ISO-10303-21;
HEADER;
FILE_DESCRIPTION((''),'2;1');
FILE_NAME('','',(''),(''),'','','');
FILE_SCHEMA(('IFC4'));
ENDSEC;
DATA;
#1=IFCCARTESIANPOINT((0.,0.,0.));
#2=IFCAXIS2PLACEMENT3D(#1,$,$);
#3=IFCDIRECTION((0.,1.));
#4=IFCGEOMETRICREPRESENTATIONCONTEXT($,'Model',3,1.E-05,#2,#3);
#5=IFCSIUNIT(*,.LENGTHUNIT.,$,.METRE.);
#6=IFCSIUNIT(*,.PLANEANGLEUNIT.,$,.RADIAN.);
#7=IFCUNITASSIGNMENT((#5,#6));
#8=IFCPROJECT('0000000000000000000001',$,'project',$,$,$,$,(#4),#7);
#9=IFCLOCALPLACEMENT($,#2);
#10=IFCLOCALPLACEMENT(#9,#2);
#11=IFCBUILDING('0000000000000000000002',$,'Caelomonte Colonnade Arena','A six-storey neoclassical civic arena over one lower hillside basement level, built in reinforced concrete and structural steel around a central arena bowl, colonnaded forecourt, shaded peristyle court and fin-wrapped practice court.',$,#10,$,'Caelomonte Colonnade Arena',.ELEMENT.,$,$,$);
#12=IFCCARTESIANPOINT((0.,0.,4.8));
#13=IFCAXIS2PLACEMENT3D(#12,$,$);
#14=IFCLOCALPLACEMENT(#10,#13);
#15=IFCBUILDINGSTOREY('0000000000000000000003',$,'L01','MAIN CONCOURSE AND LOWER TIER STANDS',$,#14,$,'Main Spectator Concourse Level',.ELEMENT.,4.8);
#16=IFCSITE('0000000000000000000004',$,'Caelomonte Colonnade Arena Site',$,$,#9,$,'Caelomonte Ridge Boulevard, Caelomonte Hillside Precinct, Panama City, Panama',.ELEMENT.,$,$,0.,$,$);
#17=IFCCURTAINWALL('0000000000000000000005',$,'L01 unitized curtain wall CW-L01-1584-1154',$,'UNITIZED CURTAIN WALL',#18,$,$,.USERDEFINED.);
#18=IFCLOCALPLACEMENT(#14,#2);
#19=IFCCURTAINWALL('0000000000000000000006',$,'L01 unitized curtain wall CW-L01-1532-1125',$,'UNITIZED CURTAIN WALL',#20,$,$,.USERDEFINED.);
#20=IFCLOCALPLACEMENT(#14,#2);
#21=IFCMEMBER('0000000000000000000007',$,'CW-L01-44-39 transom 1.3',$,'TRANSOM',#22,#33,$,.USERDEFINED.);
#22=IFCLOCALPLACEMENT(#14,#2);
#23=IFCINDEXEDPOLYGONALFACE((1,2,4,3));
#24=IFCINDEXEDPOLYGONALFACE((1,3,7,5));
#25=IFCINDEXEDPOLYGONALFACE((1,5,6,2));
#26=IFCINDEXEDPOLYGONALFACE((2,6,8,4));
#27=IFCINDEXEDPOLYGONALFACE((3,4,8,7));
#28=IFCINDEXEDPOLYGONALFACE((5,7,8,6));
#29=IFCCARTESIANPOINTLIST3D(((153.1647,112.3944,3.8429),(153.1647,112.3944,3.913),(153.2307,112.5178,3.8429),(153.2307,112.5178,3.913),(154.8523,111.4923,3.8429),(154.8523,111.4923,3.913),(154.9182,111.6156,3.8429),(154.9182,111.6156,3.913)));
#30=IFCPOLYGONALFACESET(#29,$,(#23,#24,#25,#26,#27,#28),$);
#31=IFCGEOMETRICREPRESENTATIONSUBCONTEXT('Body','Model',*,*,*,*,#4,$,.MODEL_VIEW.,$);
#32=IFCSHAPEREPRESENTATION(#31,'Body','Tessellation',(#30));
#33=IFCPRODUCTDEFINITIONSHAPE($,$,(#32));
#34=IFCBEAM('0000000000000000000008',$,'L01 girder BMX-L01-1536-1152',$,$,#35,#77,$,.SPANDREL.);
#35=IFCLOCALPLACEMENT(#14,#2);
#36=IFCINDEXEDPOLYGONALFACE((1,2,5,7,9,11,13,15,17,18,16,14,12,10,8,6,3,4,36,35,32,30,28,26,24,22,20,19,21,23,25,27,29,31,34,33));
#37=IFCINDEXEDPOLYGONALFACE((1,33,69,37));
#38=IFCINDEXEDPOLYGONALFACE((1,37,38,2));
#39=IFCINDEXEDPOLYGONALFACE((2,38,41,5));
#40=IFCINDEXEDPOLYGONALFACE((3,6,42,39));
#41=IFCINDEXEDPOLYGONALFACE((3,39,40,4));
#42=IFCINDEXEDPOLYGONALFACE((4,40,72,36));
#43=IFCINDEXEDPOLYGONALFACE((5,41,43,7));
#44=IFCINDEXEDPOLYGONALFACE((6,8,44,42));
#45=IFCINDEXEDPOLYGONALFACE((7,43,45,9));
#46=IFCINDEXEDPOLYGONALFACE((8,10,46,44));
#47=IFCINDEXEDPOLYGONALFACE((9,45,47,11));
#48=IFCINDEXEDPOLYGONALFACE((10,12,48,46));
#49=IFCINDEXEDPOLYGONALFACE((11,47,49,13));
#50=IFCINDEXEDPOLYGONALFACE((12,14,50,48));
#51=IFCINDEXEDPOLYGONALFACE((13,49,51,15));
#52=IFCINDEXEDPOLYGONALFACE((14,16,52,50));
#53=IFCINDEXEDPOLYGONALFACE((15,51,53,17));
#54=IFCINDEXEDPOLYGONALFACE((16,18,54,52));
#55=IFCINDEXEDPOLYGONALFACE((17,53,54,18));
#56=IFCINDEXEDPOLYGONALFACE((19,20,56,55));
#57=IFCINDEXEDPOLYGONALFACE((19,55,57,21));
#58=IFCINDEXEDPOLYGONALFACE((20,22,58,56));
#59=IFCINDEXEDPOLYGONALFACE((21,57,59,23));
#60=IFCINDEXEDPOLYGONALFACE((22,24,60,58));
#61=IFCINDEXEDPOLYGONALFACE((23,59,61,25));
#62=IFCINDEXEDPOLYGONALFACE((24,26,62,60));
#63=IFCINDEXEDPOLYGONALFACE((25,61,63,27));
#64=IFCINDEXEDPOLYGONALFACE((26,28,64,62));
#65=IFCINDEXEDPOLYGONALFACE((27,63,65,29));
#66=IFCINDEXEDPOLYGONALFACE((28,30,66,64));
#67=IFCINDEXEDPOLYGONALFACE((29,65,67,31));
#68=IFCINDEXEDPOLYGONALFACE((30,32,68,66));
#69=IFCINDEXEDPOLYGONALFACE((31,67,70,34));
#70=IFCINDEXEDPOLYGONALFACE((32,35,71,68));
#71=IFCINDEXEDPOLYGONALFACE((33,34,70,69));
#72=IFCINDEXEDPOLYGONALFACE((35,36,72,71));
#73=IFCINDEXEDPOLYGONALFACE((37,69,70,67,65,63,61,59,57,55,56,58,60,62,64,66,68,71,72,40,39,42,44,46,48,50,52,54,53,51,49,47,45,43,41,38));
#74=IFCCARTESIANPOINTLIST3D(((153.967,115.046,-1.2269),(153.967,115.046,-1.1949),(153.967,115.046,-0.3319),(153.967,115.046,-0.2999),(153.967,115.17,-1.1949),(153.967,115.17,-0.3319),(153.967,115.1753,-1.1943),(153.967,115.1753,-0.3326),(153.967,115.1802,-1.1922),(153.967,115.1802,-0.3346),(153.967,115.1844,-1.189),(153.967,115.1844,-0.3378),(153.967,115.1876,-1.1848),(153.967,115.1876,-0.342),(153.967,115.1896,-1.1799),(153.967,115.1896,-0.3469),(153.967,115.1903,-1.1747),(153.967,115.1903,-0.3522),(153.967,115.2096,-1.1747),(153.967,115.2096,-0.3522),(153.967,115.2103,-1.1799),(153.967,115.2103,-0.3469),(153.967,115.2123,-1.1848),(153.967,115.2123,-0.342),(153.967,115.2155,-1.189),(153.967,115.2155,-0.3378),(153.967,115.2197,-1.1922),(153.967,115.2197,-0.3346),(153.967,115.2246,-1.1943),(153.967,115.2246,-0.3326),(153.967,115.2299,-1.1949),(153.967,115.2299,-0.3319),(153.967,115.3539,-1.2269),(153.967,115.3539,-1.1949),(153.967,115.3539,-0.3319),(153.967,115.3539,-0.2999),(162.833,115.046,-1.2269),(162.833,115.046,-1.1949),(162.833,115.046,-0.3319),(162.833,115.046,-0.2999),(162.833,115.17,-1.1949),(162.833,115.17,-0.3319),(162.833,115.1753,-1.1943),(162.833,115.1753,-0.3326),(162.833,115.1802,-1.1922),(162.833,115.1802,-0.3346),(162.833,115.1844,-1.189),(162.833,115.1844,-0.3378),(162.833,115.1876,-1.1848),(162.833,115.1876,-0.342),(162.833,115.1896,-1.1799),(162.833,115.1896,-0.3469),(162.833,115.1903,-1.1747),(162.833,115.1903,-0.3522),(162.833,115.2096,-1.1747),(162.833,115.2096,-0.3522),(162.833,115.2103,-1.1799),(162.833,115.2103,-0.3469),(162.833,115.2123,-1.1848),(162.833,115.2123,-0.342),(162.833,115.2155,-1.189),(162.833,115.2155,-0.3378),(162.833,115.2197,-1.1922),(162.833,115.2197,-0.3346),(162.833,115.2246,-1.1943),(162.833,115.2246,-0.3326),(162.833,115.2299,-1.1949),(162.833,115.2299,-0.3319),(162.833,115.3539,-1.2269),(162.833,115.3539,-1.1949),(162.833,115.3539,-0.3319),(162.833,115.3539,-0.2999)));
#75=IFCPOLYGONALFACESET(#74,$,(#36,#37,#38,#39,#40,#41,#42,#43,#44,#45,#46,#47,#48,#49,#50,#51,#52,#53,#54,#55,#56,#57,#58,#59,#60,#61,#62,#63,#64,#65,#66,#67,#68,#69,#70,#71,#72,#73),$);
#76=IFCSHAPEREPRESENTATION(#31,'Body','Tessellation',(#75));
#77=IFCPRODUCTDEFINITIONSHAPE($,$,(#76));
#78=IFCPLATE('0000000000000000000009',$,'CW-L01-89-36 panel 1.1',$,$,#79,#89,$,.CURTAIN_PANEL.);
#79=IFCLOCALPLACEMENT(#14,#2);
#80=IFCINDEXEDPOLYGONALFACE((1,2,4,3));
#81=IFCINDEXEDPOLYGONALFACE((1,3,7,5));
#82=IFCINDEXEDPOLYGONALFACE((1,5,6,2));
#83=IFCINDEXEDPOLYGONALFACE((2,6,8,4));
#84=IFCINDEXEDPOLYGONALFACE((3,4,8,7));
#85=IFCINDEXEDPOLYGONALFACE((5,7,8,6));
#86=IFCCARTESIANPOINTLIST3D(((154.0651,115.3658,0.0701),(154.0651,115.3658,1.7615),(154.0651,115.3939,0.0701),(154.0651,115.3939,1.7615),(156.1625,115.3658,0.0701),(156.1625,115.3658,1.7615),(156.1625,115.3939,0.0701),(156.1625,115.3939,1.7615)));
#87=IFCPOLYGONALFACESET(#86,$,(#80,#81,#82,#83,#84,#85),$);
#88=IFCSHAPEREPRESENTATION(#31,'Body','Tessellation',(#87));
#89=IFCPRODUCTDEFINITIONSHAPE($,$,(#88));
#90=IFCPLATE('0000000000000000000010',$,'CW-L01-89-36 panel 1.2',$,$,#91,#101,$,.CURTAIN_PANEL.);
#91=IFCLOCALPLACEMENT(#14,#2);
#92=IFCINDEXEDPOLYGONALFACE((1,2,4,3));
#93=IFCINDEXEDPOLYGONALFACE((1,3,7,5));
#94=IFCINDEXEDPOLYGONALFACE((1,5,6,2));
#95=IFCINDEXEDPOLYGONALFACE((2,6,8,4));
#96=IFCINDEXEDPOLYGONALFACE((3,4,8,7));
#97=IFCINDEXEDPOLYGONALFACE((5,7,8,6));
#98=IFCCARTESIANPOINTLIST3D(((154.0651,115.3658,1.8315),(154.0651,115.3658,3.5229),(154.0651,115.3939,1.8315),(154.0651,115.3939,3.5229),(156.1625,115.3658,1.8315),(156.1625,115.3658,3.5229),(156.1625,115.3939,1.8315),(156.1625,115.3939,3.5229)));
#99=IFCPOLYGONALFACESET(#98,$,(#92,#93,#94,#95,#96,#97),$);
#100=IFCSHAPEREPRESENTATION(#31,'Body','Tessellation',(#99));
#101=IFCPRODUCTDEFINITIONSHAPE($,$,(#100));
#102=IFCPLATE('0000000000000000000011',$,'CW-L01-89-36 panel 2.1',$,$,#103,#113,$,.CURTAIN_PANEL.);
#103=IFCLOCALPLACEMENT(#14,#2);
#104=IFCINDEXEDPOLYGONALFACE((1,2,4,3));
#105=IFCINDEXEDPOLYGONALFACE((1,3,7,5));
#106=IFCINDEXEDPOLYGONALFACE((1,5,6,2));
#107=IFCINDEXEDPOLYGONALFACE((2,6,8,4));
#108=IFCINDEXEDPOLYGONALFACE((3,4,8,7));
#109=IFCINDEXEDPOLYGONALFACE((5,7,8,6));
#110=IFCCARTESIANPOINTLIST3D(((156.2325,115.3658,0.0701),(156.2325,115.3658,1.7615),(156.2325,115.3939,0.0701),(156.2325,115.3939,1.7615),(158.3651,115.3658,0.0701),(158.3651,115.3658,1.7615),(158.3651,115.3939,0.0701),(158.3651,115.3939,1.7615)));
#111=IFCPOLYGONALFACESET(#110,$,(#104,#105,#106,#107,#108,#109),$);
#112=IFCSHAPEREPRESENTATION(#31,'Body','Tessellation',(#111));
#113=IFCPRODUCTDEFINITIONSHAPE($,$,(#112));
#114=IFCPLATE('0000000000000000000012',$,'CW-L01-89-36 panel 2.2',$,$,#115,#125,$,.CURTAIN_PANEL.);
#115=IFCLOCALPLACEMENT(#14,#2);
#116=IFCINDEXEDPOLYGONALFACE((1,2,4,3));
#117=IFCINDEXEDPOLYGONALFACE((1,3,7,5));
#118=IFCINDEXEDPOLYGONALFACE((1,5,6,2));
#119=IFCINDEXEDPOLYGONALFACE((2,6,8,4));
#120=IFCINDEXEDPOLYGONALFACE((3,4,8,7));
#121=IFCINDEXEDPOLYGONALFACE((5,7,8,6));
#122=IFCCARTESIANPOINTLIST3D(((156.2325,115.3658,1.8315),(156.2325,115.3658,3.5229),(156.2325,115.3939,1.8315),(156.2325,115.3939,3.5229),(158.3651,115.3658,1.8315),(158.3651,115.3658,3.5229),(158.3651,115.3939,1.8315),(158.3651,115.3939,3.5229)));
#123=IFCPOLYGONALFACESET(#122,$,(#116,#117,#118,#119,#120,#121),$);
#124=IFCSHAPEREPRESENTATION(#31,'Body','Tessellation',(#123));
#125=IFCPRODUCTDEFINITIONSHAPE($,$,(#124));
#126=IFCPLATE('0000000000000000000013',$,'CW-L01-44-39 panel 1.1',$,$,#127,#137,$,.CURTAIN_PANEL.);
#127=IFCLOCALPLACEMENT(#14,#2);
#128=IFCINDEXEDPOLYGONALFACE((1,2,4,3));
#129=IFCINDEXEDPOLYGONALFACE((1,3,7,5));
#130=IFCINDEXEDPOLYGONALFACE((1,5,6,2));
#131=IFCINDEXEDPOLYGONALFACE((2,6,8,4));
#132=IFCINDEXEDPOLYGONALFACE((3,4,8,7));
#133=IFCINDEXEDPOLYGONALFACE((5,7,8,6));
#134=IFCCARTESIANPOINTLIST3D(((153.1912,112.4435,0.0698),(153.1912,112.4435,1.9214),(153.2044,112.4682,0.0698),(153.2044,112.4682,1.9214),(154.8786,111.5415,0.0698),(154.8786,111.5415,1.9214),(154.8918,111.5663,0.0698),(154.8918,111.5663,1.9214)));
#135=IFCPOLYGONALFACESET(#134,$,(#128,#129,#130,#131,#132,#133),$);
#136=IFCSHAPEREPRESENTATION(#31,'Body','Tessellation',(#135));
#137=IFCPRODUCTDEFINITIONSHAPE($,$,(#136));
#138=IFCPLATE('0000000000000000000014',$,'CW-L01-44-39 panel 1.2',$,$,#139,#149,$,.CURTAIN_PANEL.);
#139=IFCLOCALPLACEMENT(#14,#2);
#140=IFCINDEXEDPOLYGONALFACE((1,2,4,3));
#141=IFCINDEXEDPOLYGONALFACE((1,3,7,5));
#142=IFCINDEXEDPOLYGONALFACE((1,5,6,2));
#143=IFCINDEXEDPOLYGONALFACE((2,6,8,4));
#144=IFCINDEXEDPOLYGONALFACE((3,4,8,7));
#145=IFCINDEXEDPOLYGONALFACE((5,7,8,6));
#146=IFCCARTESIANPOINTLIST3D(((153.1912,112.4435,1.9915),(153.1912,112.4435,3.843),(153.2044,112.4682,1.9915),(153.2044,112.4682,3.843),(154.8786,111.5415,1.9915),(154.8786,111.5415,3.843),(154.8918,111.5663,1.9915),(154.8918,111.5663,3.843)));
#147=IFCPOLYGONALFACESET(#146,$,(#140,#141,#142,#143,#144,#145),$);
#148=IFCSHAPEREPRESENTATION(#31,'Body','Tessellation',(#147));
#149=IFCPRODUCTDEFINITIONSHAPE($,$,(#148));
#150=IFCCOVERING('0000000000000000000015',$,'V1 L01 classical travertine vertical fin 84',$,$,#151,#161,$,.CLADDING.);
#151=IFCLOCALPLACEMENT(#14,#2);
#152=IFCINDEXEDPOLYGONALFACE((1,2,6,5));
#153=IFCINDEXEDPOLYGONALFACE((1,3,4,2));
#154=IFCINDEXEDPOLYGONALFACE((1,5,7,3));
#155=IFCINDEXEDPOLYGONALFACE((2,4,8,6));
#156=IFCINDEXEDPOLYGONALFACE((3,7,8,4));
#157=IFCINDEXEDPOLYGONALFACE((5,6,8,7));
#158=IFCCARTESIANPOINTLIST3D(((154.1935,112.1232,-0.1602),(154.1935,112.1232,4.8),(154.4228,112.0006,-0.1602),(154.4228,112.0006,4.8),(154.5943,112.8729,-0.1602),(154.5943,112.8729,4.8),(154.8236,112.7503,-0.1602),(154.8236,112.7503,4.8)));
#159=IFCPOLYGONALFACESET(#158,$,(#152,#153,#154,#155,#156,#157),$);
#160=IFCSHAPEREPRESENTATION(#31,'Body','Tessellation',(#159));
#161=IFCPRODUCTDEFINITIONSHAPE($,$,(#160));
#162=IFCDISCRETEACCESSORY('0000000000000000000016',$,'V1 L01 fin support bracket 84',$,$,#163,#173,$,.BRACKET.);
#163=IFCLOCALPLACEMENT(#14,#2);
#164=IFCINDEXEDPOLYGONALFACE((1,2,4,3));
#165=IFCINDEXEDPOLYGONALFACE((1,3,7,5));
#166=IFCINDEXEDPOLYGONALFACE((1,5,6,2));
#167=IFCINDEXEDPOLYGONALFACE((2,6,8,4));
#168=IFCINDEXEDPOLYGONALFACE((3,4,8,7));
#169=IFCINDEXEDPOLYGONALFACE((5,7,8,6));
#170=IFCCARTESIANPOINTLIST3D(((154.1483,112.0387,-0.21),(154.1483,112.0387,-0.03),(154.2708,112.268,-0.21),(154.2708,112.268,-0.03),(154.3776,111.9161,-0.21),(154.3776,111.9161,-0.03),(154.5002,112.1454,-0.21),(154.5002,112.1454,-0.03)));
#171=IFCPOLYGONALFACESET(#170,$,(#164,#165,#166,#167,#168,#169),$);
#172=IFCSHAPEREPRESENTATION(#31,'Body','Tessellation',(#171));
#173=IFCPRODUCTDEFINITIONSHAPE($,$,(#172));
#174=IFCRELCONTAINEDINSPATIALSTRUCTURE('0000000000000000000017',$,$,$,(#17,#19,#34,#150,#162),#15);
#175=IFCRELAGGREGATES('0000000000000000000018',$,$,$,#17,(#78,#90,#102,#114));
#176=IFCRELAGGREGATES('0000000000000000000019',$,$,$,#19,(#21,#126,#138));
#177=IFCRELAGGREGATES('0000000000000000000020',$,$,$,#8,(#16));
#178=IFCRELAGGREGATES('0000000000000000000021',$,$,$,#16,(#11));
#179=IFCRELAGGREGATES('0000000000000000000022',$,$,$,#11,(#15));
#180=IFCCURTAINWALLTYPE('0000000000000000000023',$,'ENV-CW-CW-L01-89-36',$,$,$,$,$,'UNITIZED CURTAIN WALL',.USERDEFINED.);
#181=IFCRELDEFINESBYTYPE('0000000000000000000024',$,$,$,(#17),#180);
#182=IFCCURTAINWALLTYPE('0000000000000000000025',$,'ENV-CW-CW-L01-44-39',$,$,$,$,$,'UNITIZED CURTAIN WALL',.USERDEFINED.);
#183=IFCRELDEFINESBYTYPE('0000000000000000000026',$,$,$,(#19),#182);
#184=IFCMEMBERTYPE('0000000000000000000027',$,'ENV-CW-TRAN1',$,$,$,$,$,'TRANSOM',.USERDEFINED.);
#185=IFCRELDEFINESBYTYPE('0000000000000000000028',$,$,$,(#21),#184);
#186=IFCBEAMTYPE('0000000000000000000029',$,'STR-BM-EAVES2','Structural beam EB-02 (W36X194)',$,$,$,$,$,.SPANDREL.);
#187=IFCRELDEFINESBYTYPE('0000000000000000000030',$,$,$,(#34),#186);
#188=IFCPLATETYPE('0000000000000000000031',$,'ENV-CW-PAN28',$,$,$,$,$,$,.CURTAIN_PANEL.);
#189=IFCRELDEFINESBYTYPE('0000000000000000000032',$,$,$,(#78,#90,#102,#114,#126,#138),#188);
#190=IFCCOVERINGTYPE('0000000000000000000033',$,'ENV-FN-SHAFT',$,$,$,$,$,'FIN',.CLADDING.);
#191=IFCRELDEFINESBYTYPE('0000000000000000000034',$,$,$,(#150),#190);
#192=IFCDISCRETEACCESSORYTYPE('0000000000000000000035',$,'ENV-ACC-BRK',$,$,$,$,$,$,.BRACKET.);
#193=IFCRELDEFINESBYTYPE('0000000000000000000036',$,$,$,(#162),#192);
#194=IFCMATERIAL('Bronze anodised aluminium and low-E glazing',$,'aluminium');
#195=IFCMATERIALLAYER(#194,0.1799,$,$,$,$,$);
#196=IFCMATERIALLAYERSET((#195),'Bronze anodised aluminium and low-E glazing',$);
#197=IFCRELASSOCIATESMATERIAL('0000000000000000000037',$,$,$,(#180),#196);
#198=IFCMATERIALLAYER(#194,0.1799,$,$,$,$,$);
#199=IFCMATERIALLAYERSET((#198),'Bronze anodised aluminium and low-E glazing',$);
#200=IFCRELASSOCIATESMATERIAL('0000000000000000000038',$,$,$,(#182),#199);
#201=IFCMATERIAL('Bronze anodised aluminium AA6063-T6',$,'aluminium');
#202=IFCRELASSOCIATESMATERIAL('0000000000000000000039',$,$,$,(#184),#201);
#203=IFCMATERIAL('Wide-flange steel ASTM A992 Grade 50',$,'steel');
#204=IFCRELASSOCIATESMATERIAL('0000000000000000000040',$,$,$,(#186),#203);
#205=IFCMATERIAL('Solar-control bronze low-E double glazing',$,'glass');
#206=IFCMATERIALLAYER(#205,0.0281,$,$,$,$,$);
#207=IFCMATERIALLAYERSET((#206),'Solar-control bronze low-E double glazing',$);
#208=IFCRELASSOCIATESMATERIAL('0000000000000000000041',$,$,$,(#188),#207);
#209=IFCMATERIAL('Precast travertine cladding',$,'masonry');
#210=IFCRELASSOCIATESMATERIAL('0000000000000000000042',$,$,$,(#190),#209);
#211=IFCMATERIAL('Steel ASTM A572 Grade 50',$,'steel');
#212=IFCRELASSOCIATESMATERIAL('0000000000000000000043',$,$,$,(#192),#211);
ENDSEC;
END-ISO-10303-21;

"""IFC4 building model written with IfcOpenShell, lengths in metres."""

from ifc_helpers import new_model, si_unit, direction, frame, origin, origin_2d, place, context, subcontext, project, spatial, rectangle, i_section, extrude, material, layer, layer_set, material_profile, profile_set, type_object, element, aggregate, save


model = new_model("IFC4")

# Units and contexts
model_context = context("Model", 3, precision=1e-05, world=origin(), true_north=direction((0.0, 1.0)))
body_context = subcontext(model_context, "Body", "Model", "MODEL_VIEW")
ifc_project = project(units=[si_unit("LENGTHUNIT", "METRE"), si_unit("PLANEANGLEUNIT", "RADIAN")], contexts=[model_context])

# Site, building, storey
site_placement = place(None, origin())
site = spatial("IfcSite", under=ifc_project, at=site_placement, Name="Caelomonte Colonnade Arena Site", LongName="Caelomonte Ridge Boulevard, Caelomonte Hillside Precinct, Panama City, Panama", CompositionType="ELEMENT", RefElevation=0.0)
building_placement = place(site_placement, origin())
building = spatial("IfcBuilding", under=site, at=building_placement, Name="Caelomonte Colonnade Arena", Description="A six-storey neoclassical civic arena over one lower hillside basement level, built in reinforced concrete and structural steel around a central arena bowl, colonnaded forecourt, shaded peristyle court and fin-wrapped practice court.", LongName="Caelomonte Colonnade Arena", CompositionType="ELEMENT")
storey_placement = place(building_placement, frame((0.0, 0.0, 4.8)))
storey = spatial("IfcBuildingStorey", under=building, at=storey_placement, Name="L01", Description="MAIN CONCOURSE AND LOWER TIER STANDS", LongName="Main Spectator Concourse Level", CompositionType="ELEMENT", Elevation=4.8)

# Curtain wall
ifc_material_1 = material(Name="Bronze anodised aluminium and low-E glazing", Category="aluminium")
ifc_layer_1 = layer(ifc_material_1, 0.1799)
ifc_layer_set_1 = layer_set([ifc_layer_1], Name="Bronze anodised aluminium and low-E glazing")
curtain_wall_type_1 = type_object("IfcCurtainWallType", Name="ENV-CW-CW-L01-89-36", ElementType="UNITIZED CURTAIN WALL", PredefinedType="USERDEFINED", material=ifc_layer_set_1)
curtain_wall_1_placement = place(storey_placement, origin())
curtain_wall_1 = element("IfcCurtainWall", 1, at=curtain_wall_1_placement, inside=storey, type_object=curtain_wall_type_1, Name="L01 unitized curtain wall CW-L01-1584-1154", ObjectType="UNITIZED CURTAIN WALL", PredefinedType="USERDEFINED")
ifc_material_2 = material(Name="Bronze anodised aluminium AA6063-T6", Category="aluminium")

# Curtain wall
ifc_layer_2 = layer(ifc_material_1, 0.1799)
ifc_layer_set_2 = layer_set([ifc_layer_2], Name="Bronze anodised aluminium and low-E glazing")
curtain_wall_type_2 = type_object("IfcCurtainWallType", Name="ENV-CW-CW-L01-44-39", ElementType="UNITIZED CURTAIN WALL", PredefinedType="USERDEFINED", material=ifc_layer_set_2)
curtain_wall_2_placement = place(storey_placement, origin())
curtain_wall_2 = element("IfcCurtainWall", 2, at=curtain_wall_2_placement, inside=storey, type_object=curtain_wall_type_2, Name="L01 unitized curtain wall CW-L01-1532-1125", ObjectType="UNITIZED CURTAIN WALL", PredefinedType="USERDEFINED")

# Member
ifc_material_profile_1 = material_profile(ifc_material_2, rectangle(XDim=0.0701, YDim=0.1399, at=origin_2d()), Name="CWT-70X140")
ifc_profile_set_1 = profile_set([ifc_material_profile_1], Name="Bronze anodised aluminium AA6063-T6")
member_type_1 = type_object("IfcMemberType", Name="ENV-CW-TRAN1", ElementType="TRANSOM", PredefinedType="USERDEFINED", material=ifc_profile_set_1)
member_1_placement = place(storey_placement, frame((154.8853, 111.554, 3.8779), z_axis=(-0.881897, 0.471442, 0.0), x_axis=(0.0, 0.0, 1.0)))
member_1 = element("IfcMember", 3, at=member_1_placement, type_object=member_type_1, Name="CW-L01-44-39 transom 1.3", ObjectType="TRANSOM", PredefinedType="USERDEFINED", context=body_context, shape_type="SweptSolid", body=[
    extrude(rectangle(XDim=0.0701, YDim=0.1399, at=origin_2d()), origin(), (0.0, 0.0, 1.0), 1.9136),
])

# Beam
ifc_material_3 = material(Name="Wide-flange steel ASTM A992 Grade 50", Category="steel")
ifc_material_profile_2 = material_profile(ifc_material_3, i_section(OverallWidth=0.3079, OverallDepth=0.927, WebThickness=0.0193, FlangeThickness=0.032, FilletRadius=0.0203, at=origin_2d()), Name="W36X194")
ifc_profile_set_2 = profile_set([ifc_material_profile_2], Name="Wide-flange steel ASTM A992 Grade 50")
beam_type = type_object("IfcBeamType", Name="STR-BM-EAVES2", Description="Structural beam EB-02 (W36X194)", PredefinedType="SPANDREL", material=ifc_profile_set_2)
beam_placement = place(storey_placement, frame((153.967, 115.2, -0.7634), z_axis=(1.0, 0.0, 0.0), x_axis=(0.0, 1.0, 0.0)))
element("IfcBeam", 4, at=beam_placement, inside=storey, type_object=beam_type, Name="L01 girder BMX-L01-1536-1152", PredefinedType="SPANDREL", context=body_context, shape_type="SweptSolid", body=[
    extrude(i_section(OverallWidth=0.3079, OverallDepth=0.927, WebThickness=0.0193, FlangeThickness=0.032, FilletRadius=0.0203, at=origin_2d()), origin(), (0.0, 0.0, 1.0), 8.866),
])

# Plates
ifc_material_4 = material(Name="Solar-control bronze low-E double glazing", Category="glass")
ifc_layer_3 = layer(ifc_material_4, 0.0281)
ifc_layer_set_3 = layer_set([ifc_layer_3], Name="Solar-control bronze low-E double glazing")
plate_type = type_object("IfcPlateType", Name="ENV-CW-PAN28", PredefinedType="CURTAIN_PANEL", material=ifc_layer_set_3)
plate_1_placement = place(storey_placement, frame((155.1138, 115.3799, 0.0701), z_axis=(0.0, 0.0, 1.0), x_axis=(1.0, 0.0, 0.0)))
plate_1 = element("IfcPlate", 5, at=plate_1_placement, type_object=plate_type, Name="CW-L01-89-36 panel 1.1", PredefinedType="CURTAIN_PANEL", context=body_context, shape_type="SweptSolid", body=[
    extrude(rectangle(XDim=2.0974, YDim=0.0281, at=origin_2d()), origin(), (0.0, 0.0, 1.0), 1.6914),
])
plate_2_placement = place(storey_placement, frame((155.1138, 115.3799, 1.8315), z_axis=(0.0, 0.0, 1.0), x_axis=(1.0, 0.0, 0.0)))
plate_2 = element("IfcPlate", 6, at=plate_2_placement, type_object=plate_type, Name="CW-L01-89-36 panel 1.2", PredefinedType="CURTAIN_PANEL", context=body_context, shape_type="SweptSolid", body=[
    extrude(rectangle(XDim=2.0974, YDim=0.0281, at=origin_2d()), origin(), (0.0, 0.0, 1.0), 1.6914),
])
plate_3_placement = place(storey_placement, frame((157.2988, 115.3799, 0.0701), z_axis=(0.0, 0.0, 1.0), x_axis=(1.0, 0.0, 0.0)))
plate_3 = element("IfcPlate", 7, at=plate_3_placement, type_object=plate_type, Name="CW-L01-89-36 panel 2.1", PredefinedType="CURTAIN_PANEL", context=body_context, shape_type="SweptSolid", body=[
    extrude(rectangle(XDim=2.1326, YDim=0.0281, at=origin_2d()), origin(), (0.0, 0.0, 1.0), 1.6914),
])
plate_4_placement = place(storey_placement, frame((157.2988, 115.3799, 1.8315), z_axis=(0.0, 0.0, 1.0), x_axis=(1.0, 0.0, 0.0)))
plate_4 = element("IfcPlate", 8, at=plate_4_placement, type_object=plate_type, Name="CW-L01-89-36 panel 2.2", PredefinedType="CURTAIN_PANEL", context=body_context, shape_type="SweptSolid", body=[
    extrude(rectangle(XDim=2.1326, YDim=0.0281, at=origin_2d()), origin(), (0.0, 0.0, 1.0), 1.6914),
])
aggregate(curtain_wall_1, [plate_1, plate_2, plate_3, plate_4])
plate_5_placement = place(storey_placement, frame((154.0415, 112.0049, 0.0698), z_axis=(0.0, 0.0, 1.0), x_axis=(-0.881923, 0.471394, 0.0)))
plate_5 = element("IfcPlate", 9, at=plate_5_placement, type_object=plate_type, Name="CW-L01-44-39 panel 1.1", PredefinedType="CURTAIN_PANEL", context=body_context, shape_type="SweptSolid", body=[
    extrude(rectangle(XDim=1.9133, YDim=0.0281, at=origin_2d()), origin(), (0.0, 0.0, 1.0), 1.8516),
])
plate_6_placement = place(storey_placement, frame((154.0415, 112.0049, 1.9915), z_axis=(0.0, 0.0, 1.0), x_axis=(-0.881923, 0.471394, 0.0)))
plate_6 = element("IfcPlate", 10, at=plate_6_placement, type_object=plate_type, Name="CW-L01-44-39 panel 1.2", PredefinedType="CURTAIN_PANEL", context=body_context, shape_type="SweptSolid", body=[
    extrude(rectangle(XDim=1.9133, YDim=0.0281, at=origin_2d()), origin(), (0.0, 0.0, 1.0), 1.8516),
])
aggregate(curtain_wall_2, [member_1, plate_5, plate_6])

# Covering
ifc_material_5 = material(Name="Precast travertine cladding", Category="masonry")
ifc_material_profile_3 = material_profile(ifc_material_5, rectangle(XDim=0.26, YDim=0.8501, at=origin_2d()), Name="FIN260X850")
ifc_profile_set_3 = profile_set([ifc_material_profile_3], Name="Precast travertine cladding")
covering_type = type_object("IfcCoveringType", Name="ENV-FN-SHAFT", ElementType="FIN", PredefinedType="CLADDING", material=ifc_profile_set_3)
covering_placement = place(storey_placement, frame((154.5085, 112.4368, -0.1602), z_axis=(0.0, 0.0, 1.0), x_axis=(0.881921, -0.471397, 0.0)))
element("IfcCovering", 11, at=covering_placement, inside=storey, type_object=covering_type, Name="V1 L01 classical travertine vertical fin 84", PredefinedType="CLADDING", context=body_context, shape_type="SweptSolid", body=[
    extrude(rectangle(XDim=0.26, YDim=0.8501, at=origin_2d()), origin(), (0.0, 0.0, 1.0), 4.9602),
])

# Discrete accessory
ifc_material_6 = material(Name="Steel ASTM A572 Grade 50", Category="steel")
discrete_accessory_type = type_object("IfcDiscreteAccessoryType", Name="ENV-ACC-BRK", PredefinedType="BRACKET", material=ifc_material_6)
discrete_accessory_placement = place(storey_placement, frame((154.3242, 112.092, -0.21), z_axis=(0.0, 0.0, 1.0), x_axis=(-0.881921, 0.471397, 0.0)))
element("IfcDiscreteAccessory", 12, at=discrete_accessory_placement, inside=storey, type_object=discrete_accessory_type, Name="V1 L01 fin support bracket 84", PredefinedType="BRACKET", context=body_context, shape_type="SweptSolid", body=[
    extrude(rectangle(XDim=0.26, YDim=0.26, at=origin_2d()), origin(), (0.0, 0.0, 1.0), 0.1799),
])

save(model, "model.ifc")
